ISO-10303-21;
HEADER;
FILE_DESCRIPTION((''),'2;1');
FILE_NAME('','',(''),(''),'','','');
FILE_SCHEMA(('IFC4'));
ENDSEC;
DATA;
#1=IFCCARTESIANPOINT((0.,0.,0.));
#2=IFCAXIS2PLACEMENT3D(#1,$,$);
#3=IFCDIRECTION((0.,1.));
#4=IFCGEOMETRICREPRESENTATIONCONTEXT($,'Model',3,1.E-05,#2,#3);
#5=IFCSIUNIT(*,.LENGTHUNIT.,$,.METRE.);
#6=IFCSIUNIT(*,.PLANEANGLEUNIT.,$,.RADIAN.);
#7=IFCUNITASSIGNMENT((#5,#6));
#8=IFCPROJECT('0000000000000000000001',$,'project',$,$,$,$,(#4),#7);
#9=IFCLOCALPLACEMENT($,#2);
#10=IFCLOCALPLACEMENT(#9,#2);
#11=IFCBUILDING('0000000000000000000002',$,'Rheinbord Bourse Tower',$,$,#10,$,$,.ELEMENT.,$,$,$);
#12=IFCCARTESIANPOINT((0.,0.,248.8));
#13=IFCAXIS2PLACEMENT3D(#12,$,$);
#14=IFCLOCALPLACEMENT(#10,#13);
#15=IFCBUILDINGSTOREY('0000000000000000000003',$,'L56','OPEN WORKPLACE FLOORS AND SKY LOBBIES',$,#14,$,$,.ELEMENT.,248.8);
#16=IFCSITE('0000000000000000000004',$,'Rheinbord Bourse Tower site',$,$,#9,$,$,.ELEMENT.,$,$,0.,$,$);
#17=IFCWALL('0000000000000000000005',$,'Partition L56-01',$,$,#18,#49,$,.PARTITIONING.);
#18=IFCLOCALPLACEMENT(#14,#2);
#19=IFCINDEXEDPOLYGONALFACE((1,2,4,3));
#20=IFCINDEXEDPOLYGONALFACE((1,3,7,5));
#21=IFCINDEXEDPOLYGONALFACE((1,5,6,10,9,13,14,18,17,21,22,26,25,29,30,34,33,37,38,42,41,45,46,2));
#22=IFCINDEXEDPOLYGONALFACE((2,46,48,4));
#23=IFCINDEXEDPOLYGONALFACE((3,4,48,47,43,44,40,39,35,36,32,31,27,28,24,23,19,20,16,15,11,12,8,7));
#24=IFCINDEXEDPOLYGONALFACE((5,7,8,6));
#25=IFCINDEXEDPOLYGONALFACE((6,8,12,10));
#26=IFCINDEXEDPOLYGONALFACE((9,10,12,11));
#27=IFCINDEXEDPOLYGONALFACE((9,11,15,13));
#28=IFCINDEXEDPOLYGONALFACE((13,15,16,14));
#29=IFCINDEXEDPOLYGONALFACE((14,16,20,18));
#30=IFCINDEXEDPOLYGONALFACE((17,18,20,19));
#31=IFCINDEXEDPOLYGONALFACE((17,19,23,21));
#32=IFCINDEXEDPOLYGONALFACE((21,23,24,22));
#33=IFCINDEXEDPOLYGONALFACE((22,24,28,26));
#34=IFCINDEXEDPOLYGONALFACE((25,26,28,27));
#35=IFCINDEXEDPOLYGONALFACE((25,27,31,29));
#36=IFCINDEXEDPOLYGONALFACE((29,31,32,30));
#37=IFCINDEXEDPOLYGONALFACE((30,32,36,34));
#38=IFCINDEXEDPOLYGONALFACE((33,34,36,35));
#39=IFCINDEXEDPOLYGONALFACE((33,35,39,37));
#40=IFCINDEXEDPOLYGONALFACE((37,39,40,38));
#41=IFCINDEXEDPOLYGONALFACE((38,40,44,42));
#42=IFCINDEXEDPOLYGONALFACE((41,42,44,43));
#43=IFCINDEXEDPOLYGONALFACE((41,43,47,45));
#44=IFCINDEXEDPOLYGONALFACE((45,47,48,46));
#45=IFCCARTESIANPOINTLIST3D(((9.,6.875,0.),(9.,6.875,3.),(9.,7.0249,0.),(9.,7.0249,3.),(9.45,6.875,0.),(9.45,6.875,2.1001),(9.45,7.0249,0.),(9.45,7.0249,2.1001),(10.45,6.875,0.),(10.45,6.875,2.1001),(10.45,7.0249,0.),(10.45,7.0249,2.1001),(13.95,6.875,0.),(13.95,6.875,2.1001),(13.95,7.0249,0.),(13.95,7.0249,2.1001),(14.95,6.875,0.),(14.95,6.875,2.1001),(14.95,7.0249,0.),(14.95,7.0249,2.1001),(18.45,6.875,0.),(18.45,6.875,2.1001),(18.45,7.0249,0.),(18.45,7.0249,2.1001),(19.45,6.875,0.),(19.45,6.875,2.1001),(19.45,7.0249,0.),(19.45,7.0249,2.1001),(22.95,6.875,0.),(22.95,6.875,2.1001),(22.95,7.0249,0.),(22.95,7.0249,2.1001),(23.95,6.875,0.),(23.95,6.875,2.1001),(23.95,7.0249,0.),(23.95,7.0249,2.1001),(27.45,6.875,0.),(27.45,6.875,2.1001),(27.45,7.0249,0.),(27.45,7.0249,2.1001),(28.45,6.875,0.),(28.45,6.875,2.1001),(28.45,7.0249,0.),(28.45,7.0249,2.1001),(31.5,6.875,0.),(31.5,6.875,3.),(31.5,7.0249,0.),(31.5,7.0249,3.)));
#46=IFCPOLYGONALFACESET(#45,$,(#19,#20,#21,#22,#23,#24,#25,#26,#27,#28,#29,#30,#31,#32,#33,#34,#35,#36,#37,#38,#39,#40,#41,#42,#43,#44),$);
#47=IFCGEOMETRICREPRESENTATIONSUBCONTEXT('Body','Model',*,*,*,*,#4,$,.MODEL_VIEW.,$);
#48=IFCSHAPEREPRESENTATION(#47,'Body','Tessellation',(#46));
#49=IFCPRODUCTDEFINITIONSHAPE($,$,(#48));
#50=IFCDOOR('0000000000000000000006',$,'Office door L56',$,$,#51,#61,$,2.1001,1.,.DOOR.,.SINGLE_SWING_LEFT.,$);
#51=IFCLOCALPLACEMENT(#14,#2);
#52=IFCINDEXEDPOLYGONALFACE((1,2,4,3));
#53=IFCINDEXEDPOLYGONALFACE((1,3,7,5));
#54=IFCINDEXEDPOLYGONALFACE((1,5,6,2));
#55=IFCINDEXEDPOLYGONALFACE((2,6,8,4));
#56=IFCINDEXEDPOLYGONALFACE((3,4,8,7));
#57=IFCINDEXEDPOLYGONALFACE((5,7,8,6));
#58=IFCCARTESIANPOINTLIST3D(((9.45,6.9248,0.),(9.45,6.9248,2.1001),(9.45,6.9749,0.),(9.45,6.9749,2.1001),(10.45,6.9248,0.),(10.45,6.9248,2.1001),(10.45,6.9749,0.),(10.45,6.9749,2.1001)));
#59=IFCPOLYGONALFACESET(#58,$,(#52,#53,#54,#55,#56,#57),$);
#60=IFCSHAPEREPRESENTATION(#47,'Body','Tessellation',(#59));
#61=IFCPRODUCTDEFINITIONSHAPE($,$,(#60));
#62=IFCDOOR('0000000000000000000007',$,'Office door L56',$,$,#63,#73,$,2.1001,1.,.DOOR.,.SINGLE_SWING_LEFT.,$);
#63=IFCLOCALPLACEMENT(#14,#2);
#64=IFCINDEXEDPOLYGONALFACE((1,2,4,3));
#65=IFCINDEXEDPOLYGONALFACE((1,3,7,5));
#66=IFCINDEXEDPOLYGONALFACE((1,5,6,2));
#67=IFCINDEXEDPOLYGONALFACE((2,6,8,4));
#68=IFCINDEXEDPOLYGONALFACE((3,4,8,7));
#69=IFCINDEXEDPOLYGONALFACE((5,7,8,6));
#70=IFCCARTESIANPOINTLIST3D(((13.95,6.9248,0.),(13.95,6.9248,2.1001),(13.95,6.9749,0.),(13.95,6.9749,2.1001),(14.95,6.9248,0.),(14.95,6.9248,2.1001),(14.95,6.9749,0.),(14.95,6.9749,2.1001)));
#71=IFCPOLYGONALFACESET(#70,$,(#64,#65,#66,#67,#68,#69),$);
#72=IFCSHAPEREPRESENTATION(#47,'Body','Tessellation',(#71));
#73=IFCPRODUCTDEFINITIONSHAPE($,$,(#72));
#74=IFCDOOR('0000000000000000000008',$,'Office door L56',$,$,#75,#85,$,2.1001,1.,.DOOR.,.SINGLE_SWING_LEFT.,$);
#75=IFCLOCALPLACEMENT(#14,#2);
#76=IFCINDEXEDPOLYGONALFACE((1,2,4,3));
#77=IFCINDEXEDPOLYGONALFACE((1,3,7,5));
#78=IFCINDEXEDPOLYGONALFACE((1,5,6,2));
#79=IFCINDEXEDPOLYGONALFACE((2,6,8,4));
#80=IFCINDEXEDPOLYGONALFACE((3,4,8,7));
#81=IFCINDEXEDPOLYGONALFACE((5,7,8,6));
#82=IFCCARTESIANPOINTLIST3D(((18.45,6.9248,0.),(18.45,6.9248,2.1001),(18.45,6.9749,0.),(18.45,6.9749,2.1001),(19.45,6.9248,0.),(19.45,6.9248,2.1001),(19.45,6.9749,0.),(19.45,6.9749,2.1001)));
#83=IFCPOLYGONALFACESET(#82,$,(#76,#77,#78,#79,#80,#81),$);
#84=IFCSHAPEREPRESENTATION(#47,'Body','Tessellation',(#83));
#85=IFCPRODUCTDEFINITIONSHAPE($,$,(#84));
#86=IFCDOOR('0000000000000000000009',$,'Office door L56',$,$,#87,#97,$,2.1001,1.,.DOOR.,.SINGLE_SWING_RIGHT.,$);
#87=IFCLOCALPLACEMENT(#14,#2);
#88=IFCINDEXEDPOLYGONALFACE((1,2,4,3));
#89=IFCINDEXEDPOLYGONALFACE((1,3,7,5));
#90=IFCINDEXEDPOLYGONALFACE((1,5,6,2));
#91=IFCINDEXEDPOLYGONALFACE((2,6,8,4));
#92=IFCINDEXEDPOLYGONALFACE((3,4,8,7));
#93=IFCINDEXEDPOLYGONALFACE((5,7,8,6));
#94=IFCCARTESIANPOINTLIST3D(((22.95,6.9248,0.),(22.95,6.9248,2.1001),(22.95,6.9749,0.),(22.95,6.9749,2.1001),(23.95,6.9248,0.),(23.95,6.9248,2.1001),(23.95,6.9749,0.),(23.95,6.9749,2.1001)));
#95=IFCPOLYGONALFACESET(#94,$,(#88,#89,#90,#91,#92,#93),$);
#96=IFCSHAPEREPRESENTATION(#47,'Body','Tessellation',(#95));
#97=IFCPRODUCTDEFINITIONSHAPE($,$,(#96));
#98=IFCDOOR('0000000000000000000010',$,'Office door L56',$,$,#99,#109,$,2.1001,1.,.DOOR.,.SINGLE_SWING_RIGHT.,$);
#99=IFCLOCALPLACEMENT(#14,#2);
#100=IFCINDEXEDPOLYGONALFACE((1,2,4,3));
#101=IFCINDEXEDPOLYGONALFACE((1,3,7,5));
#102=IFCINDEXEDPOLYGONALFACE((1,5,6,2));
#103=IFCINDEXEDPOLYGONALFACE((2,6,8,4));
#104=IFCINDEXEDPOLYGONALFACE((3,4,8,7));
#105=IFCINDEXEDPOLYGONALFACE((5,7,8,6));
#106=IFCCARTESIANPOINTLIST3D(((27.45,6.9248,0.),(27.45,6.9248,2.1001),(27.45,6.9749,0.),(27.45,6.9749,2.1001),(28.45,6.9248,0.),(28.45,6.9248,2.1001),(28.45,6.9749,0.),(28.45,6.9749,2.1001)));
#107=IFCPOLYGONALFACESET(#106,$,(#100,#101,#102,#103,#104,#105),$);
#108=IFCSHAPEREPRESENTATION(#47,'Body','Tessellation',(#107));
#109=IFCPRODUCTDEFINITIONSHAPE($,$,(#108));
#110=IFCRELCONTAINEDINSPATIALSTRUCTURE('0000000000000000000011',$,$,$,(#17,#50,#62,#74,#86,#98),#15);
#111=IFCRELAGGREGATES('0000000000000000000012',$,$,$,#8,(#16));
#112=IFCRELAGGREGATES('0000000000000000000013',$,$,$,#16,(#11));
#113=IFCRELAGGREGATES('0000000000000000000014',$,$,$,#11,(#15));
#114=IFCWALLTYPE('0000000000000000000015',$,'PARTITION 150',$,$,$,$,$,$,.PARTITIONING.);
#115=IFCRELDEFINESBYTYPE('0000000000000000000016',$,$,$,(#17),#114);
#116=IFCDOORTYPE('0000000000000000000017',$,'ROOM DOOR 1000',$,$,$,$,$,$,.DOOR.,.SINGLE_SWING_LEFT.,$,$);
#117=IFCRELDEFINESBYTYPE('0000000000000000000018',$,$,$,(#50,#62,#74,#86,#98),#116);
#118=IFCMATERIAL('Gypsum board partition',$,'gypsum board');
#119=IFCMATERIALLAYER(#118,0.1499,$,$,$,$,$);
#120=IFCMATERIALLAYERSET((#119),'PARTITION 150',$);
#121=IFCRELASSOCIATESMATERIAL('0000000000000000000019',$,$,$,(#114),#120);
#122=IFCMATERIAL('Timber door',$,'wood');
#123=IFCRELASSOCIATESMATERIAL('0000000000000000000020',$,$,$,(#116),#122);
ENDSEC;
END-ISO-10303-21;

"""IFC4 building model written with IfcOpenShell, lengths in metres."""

from ifc_helpers import new_model, si_unit, direction, frame, frame_2d, origin, place, context, subcontext, project, spatial, rectangle, extrude, material, layer, layer_set, type_object, element, fill, save


model = new_model("IFC4")

# Units and contexts
model_context = context("Model", 3, precision=1e-05, world=origin(), true_north=direction((0.0, 1.0)))
body_context = subcontext(model_context, "Body", "Model", "MODEL_VIEW")
ifc_project = project(units=[si_unit("LENGTHUNIT", "METRE"), si_unit("PLANEANGLEUNIT", "RADIAN")], contexts=[model_context])

# Site, building, storey
site_placement = place(None, origin())
site = spatial("IfcSite", under=ifc_project, at=site_placement, Name="Rheinbord Bourse Tower site", CompositionType="ELEMENT", RefElevation=0.0)
building_placement = place(site_placement, origin())
building = spatial("IfcBuilding", under=site, at=building_placement, Name="Rheinbord Bourse Tower", CompositionType="ELEMENT")
storey_placement = place(building_placement, frame((0.0, 0.0, 248.8)))
storey = spatial("IfcBuildingStorey", under=building, at=storey_placement, Name="L56", Description="OPEN WORKPLACE FLOORS AND SKY LOBBIES", CompositionType="ELEMENT", Elevation=248.8)

# Wall, openings, doors
ifc_material_1 = material(Name="Gypsum board partition", Category="gypsum board")
ifc_layer_1 = layer(ifc_material_1, 0.1499)
ifc_layer_set_1 = layer_set([ifc_layer_1], Name="PARTITION 150")
wall_type = type_object("IfcWallType", Name="PARTITION 150", PredefinedType="PARTITIONING", material=ifc_layer_set_1)
wall_placement = place(storey_placement, frame((9.0, 6.95, 0.0), z_axis=(0.0, 0.0, 1.0), x_axis=(1.0, 0.0, 0.0)))
wall = element("IfcWall", 1, at=wall_placement, inside=storey, type_object=wall_type, Name="Partition L56-01", PredefinedType="PARTITIONING", context=body_context, shape_type="SweptSolid", body=[
    extrude(rectangle(XDim=22.5, YDim=0.1499, at=frame_2d((11.25, 0.0))), origin(), (0.0, 0.0, 1.0), 3.0),
])
opening_1_placement = place(wall_placement, frame((0.45, 0.0, 0.0)))
opening_1 = element("IfcOpeningElement", 2, at=opening_1_placement, cuts=wall, PredefinedType="OPENING", context=body_context, shape_type="SweptSolid", body=[
    extrude(rectangle(XDim=1.0, YDim=2.1001, at=frame_2d((0.5, 1.05))), frame((0.0, 0.085, 0.0), z_axis=(0.0, -1.0, 0.0), x_axis=(1.0, 0.0, 0.0)), (0.0, 0.0, 1.0), 0.1699),
])
opening_2_placement = place(wall_placement, frame((4.95, 0.0, 0.0)))
opening_2 = element("IfcOpeningElement", 3, at=opening_2_placement, cuts=wall, PredefinedType="OPENING", context=body_context, shape_type="SweptSolid", body=[
    extrude(rectangle(XDim=1.0, YDim=2.1001, at=frame_2d((0.5, 1.05))), frame((0.0, 0.085, 0.0), z_axis=(0.0, -1.0, 0.0), x_axis=(1.0, 0.0, 0.0)), (0.0, 0.0, 1.0), 0.1699),
])
opening_3_placement = place(wall_placement, frame((9.45, 0.0, 0.0)))
opening_3 = element("IfcOpeningElement", 4, at=opening_3_placement, cuts=wall, PredefinedType="OPENING", context=body_context, shape_type="SweptSolid", body=[
    extrude(rectangle(XDim=1.0, YDim=2.1001, at=frame_2d((0.5, 1.05))), frame((0.0, 0.085, 0.0), z_axis=(0.0, -1.0, 0.0), x_axis=(1.0, 0.0, 0.0)), (0.0, 0.0, 1.0), 0.1699),
])
opening_4_placement = place(wall_placement, frame((13.95, 0.0, 0.0)))
opening_4 = element("IfcOpeningElement", 5, at=opening_4_placement, cuts=wall, PredefinedType="OPENING", context=body_context, shape_type="SweptSolid", body=[
    extrude(rectangle(XDim=1.0, YDim=2.1001, at=frame_2d((0.5, 1.05))), frame((0.0, 0.085, 0.0), z_axis=(0.0, -1.0, 0.0), x_axis=(1.0, 0.0, 0.0)), (0.0, 0.0, 1.0), 0.1699),
])
opening_5_placement = place(wall_placement, frame((18.45, 0.0, 0.0)))
opening_5 = element("IfcOpeningElement", 6, at=opening_5_placement, cuts=wall, PredefinedType="OPENING", context=body_context, shape_type="SweptSolid", body=[
    extrude(rectangle(XDim=1.0, YDim=2.1001, at=frame_2d((0.5, 1.05))), frame((0.0, 0.085, 0.0), z_axis=(0.0, -1.0, 0.0), x_axis=(1.0, 0.0, 0.0)), (0.0, 0.0, 1.0), 0.1699),
])
ifc_material_2 = material(Name="Timber door", Category="wood")
door_type = type_object("IfcDoorType", Name="ROOM DOOR 1000", OperationType="SINGLE_SWING_LEFT", PredefinedType="DOOR", material=ifc_material_2)
door_1_placement = place(opening_1_placement, origin())
door_1 = element("IfcDoor", 7, at=door_1_placement, inside=storey, type_object=door_type, Name="Office door L56", OperationType="SINGLE_SWING_LEFT", OverallHeight=2.1001, OverallWidth=1.0, PredefinedType="DOOR", context=body_context, shape_type="SweptSolid", body=[
    extrude(rectangle(XDim=1.0, YDim=2.1001, at=frame_2d((0.5, 1.05))), frame((0.0, 0.0249, 0.0), z_axis=(0.0, -1.0, 0.0), x_axis=(1.0, 0.0, 0.0)), (0.0, 0.0, 1.0), 0.05),
])
fill(opening_1, door_1)
door_2_placement = place(opening_2_placement, origin())
door_2 = element("IfcDoor", 8, at=door_2_placement, inside=storey, type_object=door_type, Name="Office door L56", OperationType="SINGLE_SWING_LEFT", OverallHeight=2.1001, OverallWidth=1.0, PredefinedType="DOOR", context=body_context, shape_type="SweptSolid", body=[
    extrude(rectangle(XDim=1.0, YDim=2.1001, at=frame_2d((0.5, 1.05))), frame((0.0, 0.0249, 0.0), z_axis=(0.0, -1.0, 0.0), x_axis=(1.0, 0.0, 0.0)), (0.0, 0.0, 1.0), 0.05),
])
fill(opening_2, door_2)
door_3_placement = place(opening_3_placement, origin())
door_3 = element("IfcDoor", 9, at=door_3_placement, inside=storey, type_object=door_type, Name="Office door L56", OperationType="SINGLE_SWING_LEFT", OverallHeight=2.1001, OverallWidth=1.0, PredefinedType="DOOR", context=body_context, shape_type="SweptSolid", body=[
    extrude(rectangle(XDim=1.0, YDim=2.1001, at=frame_2d((0.5, 1.05))), frame((0.0, 0.0249, 0.0), z_axis=(0.0, -1.0, 0.0), x_axis=(1.0, 0.0, 0.0)), (0.0, 0.0, 1.0), 0.05),
])
fill(opening_3, door_3)
door_4_placement = place(opening_4_placement, origin())
door_4 = element("IfcDoor", 10, at=door_4_placement, inside=storey, type_object=door_type, Name="Office door L56", OperationType="SINGLE_SWING_RIGHT", OverallHeight=2.1001, OverallWidth=1.0, PredefinedType="DOOR", context=body_context, shape_type="SweptSolid", body=[
    extrude(rectangle(XDim=1.0, YDim=2.1001, at=frame_2d((0.5, 1.05))), frame((0.0, 0.0249, 0.0), z_axis=(0.0, -1.0, 0.0), x_axis=(1.0, 0.0, 0.0)), (0.0, 0.0, 1.0), 0.05),
])
fill(opening_4, door_4)
door_5_placement = place(opening_5_placement, origin())
door_5 = element("IfcDoor", 11, at=door_5_placement, inside=storey, type_object=door_type, Name="Office door L56", OperationType="SINGLE_SWING_RIGHT", OverallHeight=2.1001, OverallWidth=1.0, PredefinedType="DOOR", context=body_context, shape_type="SweptSolid", body=[
    extrude(rectangle(XDim=1.0, YDim=2.1001, at=frame_2d((0.5, 1.05))), frame((0.0, 0.0249, 0.0), z_axis=(0.0, -1.0, 0.0), x_axis=(1.0, 0.0, 0.0)), (0.0, 0.0, 1.0), 0.05),
])
fill(opening_5, door_5)

save(model, "model.ifc")
